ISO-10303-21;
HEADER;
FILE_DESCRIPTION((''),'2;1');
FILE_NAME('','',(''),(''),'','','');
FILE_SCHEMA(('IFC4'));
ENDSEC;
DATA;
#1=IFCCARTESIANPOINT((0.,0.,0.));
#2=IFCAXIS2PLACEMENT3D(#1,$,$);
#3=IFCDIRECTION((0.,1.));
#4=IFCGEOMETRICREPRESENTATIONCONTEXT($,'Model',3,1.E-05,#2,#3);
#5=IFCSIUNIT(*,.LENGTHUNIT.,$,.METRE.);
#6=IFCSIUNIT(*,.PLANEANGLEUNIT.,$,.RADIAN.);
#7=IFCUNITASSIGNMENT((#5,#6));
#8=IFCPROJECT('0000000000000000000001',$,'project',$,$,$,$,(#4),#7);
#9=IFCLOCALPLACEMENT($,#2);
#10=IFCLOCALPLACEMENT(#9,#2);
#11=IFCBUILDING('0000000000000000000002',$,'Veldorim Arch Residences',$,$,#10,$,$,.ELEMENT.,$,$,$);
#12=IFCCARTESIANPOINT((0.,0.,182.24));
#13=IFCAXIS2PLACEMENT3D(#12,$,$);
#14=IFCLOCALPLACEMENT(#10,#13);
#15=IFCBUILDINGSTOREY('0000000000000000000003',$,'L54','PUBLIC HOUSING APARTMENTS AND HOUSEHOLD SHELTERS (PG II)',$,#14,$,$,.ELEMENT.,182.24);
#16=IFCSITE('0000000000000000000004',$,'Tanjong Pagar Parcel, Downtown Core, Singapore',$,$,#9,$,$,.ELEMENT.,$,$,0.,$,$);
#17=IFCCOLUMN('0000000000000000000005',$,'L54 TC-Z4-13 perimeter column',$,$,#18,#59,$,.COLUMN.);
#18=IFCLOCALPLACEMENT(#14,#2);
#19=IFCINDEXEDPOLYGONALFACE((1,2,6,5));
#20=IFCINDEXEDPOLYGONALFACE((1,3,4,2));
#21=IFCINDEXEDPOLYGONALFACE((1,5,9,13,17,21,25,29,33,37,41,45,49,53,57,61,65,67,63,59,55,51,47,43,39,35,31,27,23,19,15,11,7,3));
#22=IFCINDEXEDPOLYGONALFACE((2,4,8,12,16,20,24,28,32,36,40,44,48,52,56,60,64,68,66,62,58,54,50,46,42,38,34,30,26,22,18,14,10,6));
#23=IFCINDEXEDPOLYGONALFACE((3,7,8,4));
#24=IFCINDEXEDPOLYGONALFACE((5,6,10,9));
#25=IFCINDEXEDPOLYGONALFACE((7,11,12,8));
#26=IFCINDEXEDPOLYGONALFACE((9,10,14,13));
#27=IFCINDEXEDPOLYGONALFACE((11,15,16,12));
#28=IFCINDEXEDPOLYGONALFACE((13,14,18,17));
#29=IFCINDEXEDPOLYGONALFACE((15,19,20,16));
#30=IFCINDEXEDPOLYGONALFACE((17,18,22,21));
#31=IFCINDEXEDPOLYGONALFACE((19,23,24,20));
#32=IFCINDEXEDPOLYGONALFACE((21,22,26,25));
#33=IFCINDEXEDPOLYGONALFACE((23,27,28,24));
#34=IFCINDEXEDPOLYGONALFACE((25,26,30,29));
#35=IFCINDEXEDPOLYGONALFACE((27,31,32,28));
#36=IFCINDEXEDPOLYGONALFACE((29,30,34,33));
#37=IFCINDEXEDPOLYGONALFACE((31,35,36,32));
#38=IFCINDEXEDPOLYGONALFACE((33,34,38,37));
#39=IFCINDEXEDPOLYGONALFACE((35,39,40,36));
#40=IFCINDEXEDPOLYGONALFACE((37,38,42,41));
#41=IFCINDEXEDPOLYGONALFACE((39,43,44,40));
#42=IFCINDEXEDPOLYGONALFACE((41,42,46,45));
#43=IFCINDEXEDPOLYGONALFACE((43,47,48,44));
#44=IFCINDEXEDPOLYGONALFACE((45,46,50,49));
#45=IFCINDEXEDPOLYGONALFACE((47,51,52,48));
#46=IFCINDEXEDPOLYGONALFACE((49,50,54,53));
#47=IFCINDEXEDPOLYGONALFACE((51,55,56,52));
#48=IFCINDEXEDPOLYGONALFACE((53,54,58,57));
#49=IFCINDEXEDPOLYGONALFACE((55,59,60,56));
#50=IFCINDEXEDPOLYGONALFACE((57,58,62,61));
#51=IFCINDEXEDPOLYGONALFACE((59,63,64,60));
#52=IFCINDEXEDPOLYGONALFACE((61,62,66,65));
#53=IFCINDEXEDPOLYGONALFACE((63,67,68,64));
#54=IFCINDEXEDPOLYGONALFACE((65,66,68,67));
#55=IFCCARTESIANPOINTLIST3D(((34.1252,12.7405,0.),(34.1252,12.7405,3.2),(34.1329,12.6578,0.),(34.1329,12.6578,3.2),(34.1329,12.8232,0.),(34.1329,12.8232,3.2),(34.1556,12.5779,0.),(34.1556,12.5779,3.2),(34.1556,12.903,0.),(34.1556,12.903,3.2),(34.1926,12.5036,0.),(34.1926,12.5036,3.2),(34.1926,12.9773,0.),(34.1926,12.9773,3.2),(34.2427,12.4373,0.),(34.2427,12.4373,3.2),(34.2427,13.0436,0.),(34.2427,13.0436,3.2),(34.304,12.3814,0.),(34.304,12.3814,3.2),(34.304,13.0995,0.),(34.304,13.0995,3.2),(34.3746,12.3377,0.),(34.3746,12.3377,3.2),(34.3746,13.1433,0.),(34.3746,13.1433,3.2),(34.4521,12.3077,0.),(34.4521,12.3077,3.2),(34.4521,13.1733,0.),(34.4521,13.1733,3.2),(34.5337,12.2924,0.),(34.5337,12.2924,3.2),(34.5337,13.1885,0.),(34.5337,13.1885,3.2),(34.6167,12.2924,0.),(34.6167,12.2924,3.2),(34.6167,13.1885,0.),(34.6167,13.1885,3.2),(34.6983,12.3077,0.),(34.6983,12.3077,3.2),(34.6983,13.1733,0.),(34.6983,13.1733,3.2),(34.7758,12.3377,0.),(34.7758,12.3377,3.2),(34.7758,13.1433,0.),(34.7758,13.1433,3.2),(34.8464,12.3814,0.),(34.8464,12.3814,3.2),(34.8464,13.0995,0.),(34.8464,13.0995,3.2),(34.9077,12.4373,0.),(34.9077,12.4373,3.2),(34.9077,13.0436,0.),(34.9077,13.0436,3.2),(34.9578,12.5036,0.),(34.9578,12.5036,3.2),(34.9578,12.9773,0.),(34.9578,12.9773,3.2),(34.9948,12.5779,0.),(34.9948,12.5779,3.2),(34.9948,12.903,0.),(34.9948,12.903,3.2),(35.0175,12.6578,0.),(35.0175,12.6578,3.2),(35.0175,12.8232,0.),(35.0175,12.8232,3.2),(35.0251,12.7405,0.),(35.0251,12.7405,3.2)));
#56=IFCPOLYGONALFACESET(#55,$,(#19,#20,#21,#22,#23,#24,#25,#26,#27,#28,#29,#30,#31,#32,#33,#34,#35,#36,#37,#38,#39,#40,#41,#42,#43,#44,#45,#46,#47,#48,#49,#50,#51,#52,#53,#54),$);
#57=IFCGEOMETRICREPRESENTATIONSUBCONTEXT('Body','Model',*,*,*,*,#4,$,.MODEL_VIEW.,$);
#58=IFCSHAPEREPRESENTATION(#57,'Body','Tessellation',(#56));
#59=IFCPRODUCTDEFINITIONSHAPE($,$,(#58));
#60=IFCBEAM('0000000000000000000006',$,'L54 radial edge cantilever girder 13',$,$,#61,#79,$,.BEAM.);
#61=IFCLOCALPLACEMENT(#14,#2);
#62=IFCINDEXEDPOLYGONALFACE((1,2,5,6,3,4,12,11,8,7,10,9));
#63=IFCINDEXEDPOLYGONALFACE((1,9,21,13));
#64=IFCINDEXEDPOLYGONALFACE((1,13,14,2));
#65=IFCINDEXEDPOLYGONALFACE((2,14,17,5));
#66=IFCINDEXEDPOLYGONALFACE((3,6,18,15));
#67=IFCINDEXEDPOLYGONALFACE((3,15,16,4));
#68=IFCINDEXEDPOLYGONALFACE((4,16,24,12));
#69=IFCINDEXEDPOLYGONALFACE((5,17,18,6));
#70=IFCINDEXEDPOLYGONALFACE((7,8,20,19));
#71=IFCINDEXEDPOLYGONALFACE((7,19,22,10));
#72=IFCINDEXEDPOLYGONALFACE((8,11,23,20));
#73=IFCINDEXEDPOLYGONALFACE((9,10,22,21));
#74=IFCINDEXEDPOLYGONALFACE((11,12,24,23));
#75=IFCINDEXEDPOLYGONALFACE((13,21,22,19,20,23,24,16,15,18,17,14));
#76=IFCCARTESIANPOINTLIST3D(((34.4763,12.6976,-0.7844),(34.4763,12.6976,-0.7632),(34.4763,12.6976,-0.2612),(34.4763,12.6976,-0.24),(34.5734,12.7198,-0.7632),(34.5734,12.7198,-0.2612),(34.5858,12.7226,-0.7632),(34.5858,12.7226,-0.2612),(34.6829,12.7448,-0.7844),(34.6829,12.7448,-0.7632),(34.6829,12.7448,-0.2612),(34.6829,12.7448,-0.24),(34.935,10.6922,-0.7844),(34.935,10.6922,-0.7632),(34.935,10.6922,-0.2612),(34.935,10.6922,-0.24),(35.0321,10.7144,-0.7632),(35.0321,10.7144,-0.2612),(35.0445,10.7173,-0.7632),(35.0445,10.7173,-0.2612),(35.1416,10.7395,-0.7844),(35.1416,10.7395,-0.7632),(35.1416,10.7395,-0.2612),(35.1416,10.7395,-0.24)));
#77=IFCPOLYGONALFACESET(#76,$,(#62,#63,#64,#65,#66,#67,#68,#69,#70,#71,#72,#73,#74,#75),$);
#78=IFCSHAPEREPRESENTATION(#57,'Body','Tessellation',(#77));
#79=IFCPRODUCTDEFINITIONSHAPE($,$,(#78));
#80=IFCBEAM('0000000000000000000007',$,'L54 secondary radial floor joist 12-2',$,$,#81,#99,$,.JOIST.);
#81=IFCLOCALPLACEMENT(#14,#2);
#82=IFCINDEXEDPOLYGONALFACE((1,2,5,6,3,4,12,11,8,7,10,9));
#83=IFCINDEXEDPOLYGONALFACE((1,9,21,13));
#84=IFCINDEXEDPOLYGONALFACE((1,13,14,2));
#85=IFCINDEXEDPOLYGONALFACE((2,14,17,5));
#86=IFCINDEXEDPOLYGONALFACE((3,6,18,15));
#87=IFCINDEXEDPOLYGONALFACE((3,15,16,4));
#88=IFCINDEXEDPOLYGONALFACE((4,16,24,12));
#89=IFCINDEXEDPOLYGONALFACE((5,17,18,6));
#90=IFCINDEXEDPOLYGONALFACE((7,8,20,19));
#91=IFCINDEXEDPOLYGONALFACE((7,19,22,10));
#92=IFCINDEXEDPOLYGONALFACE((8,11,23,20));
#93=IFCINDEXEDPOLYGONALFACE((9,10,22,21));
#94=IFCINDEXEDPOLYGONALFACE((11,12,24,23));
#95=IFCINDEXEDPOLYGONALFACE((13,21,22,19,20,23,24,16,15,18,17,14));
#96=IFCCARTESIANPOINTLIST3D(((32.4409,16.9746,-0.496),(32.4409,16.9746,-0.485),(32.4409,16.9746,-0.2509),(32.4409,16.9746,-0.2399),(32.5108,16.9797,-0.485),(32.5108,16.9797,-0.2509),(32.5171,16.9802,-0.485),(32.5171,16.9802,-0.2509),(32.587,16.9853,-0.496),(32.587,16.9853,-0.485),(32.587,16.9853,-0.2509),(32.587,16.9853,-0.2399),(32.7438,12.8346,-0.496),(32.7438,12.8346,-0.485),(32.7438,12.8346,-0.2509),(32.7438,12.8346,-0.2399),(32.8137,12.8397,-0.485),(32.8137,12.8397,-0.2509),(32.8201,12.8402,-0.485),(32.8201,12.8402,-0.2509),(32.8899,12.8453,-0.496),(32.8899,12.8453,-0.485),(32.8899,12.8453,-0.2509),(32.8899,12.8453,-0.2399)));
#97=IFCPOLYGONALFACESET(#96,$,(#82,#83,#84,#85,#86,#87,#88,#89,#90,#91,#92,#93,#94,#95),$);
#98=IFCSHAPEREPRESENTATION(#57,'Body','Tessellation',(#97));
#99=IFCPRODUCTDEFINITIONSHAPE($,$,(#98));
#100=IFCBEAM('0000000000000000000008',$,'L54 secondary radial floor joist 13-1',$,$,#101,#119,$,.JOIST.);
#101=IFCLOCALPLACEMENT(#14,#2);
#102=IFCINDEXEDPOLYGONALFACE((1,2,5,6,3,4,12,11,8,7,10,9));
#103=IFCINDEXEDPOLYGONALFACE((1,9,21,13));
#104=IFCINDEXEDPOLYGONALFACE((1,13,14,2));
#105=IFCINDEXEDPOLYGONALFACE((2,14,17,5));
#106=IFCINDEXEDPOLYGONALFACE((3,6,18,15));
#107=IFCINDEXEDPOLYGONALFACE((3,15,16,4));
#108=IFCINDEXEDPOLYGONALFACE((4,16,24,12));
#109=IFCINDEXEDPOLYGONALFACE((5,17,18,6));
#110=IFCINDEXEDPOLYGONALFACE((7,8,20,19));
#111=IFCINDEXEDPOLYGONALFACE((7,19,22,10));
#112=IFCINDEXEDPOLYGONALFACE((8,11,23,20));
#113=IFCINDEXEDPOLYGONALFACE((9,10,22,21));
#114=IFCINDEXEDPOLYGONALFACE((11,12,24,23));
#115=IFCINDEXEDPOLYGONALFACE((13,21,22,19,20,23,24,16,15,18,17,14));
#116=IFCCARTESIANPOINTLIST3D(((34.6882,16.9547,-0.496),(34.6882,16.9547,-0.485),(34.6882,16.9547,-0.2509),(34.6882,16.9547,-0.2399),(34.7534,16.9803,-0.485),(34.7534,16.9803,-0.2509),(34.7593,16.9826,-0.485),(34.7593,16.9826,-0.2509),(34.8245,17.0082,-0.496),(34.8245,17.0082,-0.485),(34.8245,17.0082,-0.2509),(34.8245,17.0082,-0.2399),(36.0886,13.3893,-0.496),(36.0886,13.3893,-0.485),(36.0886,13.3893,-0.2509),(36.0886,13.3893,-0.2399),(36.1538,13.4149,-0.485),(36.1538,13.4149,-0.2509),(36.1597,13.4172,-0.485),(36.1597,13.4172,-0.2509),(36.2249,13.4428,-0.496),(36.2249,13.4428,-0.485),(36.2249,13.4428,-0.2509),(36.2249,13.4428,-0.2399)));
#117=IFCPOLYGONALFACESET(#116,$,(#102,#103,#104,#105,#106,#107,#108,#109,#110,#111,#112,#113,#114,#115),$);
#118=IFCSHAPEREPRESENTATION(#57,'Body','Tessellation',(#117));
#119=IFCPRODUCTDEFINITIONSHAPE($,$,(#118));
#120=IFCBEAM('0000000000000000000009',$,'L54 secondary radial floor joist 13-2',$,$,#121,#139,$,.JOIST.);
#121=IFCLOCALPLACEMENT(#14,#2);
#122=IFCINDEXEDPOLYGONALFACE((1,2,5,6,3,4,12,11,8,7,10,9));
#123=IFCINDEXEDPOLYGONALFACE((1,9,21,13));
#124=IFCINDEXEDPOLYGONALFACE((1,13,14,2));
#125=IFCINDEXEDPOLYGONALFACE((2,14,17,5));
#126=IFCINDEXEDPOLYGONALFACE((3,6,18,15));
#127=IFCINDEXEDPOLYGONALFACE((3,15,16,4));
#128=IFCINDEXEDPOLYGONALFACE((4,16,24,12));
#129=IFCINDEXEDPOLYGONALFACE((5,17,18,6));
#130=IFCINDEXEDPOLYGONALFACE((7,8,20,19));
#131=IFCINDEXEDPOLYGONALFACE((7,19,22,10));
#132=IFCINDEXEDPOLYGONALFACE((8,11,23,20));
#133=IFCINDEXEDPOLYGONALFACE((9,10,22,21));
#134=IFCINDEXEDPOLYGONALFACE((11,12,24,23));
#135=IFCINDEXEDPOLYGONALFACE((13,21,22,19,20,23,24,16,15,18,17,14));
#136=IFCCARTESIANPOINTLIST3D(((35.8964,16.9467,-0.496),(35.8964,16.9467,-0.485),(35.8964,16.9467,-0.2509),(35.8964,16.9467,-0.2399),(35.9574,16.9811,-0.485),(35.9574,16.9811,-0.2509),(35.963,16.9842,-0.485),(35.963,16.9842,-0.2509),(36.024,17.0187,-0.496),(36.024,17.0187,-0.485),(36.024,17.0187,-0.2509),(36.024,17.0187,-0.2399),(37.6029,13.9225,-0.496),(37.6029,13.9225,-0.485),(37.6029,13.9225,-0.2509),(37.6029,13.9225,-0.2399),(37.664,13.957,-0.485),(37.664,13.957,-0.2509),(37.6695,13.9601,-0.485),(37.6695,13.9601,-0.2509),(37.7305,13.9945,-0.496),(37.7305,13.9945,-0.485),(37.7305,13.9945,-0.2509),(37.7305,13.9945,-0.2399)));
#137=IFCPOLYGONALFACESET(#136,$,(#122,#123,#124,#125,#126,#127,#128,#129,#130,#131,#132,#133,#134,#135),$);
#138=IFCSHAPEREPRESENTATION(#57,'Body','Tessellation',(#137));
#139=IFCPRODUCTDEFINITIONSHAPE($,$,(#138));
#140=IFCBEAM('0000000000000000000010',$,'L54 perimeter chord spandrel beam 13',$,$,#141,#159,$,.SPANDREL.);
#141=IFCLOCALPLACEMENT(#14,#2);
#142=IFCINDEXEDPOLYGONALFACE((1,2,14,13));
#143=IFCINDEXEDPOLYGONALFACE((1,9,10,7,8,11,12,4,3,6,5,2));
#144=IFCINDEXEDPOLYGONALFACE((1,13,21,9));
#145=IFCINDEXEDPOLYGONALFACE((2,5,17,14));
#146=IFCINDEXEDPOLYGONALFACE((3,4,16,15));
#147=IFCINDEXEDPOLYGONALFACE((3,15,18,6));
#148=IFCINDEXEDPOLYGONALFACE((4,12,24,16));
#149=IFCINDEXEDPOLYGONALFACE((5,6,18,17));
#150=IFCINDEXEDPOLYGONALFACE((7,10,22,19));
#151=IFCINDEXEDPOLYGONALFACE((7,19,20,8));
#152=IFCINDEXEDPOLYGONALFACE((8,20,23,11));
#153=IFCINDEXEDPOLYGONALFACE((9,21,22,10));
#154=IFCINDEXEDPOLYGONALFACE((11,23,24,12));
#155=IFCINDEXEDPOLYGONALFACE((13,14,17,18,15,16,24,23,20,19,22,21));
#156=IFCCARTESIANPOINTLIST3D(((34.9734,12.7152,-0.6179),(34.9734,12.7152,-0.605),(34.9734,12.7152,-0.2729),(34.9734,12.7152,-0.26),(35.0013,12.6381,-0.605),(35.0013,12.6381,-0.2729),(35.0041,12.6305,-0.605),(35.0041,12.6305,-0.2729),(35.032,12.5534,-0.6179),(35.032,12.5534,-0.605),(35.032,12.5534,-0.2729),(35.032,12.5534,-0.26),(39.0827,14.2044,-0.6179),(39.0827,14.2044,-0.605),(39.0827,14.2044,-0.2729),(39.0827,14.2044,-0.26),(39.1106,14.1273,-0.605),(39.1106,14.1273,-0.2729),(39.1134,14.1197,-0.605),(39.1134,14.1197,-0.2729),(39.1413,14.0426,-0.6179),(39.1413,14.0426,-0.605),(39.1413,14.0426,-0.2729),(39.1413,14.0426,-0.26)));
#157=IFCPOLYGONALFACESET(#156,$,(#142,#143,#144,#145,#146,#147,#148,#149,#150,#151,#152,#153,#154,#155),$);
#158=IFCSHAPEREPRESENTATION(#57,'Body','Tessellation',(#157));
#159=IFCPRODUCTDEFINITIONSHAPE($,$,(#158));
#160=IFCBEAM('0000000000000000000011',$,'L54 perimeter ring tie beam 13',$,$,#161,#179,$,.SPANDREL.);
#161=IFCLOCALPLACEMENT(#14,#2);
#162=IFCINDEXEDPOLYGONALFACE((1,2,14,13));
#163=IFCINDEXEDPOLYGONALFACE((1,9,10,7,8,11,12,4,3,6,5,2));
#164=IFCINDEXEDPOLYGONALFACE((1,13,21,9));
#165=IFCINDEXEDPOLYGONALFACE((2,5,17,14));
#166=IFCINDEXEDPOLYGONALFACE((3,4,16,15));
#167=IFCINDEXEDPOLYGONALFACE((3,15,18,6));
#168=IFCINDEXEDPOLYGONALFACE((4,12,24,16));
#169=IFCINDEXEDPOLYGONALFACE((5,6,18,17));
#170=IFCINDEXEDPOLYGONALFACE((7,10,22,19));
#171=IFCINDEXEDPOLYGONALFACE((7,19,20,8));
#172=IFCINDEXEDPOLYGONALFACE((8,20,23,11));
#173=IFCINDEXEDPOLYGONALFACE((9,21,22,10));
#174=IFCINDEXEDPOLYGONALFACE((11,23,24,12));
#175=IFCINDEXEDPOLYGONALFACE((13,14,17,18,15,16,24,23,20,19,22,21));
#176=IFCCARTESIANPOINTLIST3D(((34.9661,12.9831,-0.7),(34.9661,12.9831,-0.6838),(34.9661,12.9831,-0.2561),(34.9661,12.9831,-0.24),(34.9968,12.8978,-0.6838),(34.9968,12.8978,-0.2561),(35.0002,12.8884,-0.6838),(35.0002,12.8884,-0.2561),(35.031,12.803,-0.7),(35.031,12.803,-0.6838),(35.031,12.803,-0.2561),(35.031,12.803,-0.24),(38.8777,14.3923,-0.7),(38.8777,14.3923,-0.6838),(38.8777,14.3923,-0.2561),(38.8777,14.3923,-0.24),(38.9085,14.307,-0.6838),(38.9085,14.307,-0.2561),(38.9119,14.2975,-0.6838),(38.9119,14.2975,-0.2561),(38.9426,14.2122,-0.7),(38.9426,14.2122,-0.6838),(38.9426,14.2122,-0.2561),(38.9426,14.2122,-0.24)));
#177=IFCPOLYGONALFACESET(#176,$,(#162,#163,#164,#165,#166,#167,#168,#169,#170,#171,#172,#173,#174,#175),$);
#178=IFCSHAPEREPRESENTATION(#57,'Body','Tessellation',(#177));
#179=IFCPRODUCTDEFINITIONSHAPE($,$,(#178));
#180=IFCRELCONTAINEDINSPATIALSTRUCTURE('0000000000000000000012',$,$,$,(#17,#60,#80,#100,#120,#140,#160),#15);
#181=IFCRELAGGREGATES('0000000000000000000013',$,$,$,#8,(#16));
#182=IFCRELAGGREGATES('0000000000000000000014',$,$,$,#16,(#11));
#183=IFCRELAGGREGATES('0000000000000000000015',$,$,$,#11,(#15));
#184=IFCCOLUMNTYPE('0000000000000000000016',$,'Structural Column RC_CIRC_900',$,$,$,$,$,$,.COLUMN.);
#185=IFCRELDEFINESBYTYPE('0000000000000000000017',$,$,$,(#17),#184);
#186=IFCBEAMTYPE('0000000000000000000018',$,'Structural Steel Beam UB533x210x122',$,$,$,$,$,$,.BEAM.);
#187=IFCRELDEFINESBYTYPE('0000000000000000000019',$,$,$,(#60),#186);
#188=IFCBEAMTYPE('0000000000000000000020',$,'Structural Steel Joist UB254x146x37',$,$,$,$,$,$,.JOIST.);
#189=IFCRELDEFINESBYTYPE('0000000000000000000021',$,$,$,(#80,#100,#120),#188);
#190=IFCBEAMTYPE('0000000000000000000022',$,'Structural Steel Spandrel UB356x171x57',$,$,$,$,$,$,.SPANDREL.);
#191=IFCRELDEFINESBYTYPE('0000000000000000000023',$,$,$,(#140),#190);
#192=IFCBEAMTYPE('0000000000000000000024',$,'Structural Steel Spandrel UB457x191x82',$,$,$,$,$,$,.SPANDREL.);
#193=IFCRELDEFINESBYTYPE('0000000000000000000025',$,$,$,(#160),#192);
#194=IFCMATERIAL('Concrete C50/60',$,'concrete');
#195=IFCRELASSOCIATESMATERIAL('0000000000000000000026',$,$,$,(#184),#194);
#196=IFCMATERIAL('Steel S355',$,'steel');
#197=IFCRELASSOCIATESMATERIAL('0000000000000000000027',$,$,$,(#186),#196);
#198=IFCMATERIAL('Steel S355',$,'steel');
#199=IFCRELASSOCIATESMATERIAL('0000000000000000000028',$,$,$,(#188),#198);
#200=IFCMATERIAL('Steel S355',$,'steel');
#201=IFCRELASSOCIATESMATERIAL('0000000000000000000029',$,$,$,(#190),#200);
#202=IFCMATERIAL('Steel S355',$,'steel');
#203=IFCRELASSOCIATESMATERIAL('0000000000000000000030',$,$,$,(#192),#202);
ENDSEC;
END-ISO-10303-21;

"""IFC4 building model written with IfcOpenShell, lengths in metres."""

from ifc_helpers import new_model, si_unit, direction, frame, origin, origin_2d, place, context, subcontext, project, spatial, circle, i_section, extrude, material, material_profile, profile_set, type_object, element, save


model = new_model("IFC4")

# Units and contexts
model_context = context("Model", 3, precision=1e-05, world=origin(), true_north=direction((0.0, 1.0)))
body_context = subcontext(model_context, "Body", "Model", "MODEL_VIEW")
ifc_project = project(units=[si_unit("LENGTHUNIT", "METRE"), si_unit("PLANEANGLEUNIT", "RADIAN")], contexts=[model_context])

# Site, building, storey
site_placement = place(None, origin())
site = spatial("IfcSite", under=ifc_project, at=site_placement, Name="Tanjong Pagar Parcel, Downtown Core, Singapore", CompositionType="ELEMENT", RefElevation=0.0)
building_placement = place(site_placement, origin())
building = spatial("IfcBuilding", under=site, at=building_placement, Name="Veldorim Arch Residences", CompositionType="ELEMENT")
storey_placement = place(building_placement, frame((0.0, 0.0, 182.24)))
storey = spatial("IfcBuildingStorey", under=building, at=storey_placement, Name="L54", Description="PUBLIC HOUSING APARTMENTS AND HOUSEHOLD SHELTERS (PG II)", CompositionType="ELEMENT", Elevation=182.24)

# Column
ifc_material_1 = material(Name="Concrete C50/60", Category="concrete")
ifc_material_profile_1 = material_profile(ifc_material_1, circle(Radius=0.45, at=origin_2d()), Name="RC_CIRC_900")
ifc_profile_set_1 = profile_set([ifc_material_profile_1], Name="Concrete C50/60")
column_type = type_object("IfcColumnType", Name="Structural Column RC_CIRC_900", PredefinedType="COLUMN", material=ifc_profile_set_1)
column_placement = place(storey_placement, frame((34.5752, 12.7405, 0.0), z_axis=(0.0, 0.0, 1.0), x_axis=(1.0, 0.0, 0.0)))
element("IfcColumn", 1, at=column_placement, inside=storey, type_object=column_type, Name="L54 TC-Z4-13 perimeter column", PredefinedType="COLUMN", context=body_context, shape_type="SweptSolid", body=[
    extrude(circle(Radius=0.45, at=origin_2d()), origin(), (0.0, 0.0, 1.0), 3.2),
])

# Beams
ifc_material_2 = material(Name="Steel S355", Category="steel")
ifc_material_profile_2 = material_profile(ifc_material_2, i_section(OverallWidth=0.2119, OverallDepth=0.5444, WebThickness=0.0127, FlangeThickness=0.0212, at=origin_2d()), Name="UB533x210x122")
ifc_profile_set_2 = profile_set([ifc_material_profile_2], Name="Steel S355")
beam_type_1 = type_object("IfcBeamType", Name="Structural Steel Beam UB533x210x122", PredefinedType="BEAM", material=ifc_profile_set_2)
beam_1_placement = place(storey_placement, frame((34.5796, 12.7212, -0.5122), z_axis=(0.222996, -0.974819, 0.0), x_axis=(0.974819, 0.222996, 0.0)))
element("IfcBeam", 2, at=beam_1_placement, inside=storey, type_object=beam_type_1, Name="L54 radial edge cantilever girder 13", PredefinedType="BEAM", context=body_context, shape_type="SweptSolid", body=[
    extrude(i_section(OverallWidth=0.2119, OverallDepth=0.5444, WebThickness=0.0127, FlangeThickness=0.0212, at=origin_2d()), origin(), (0.0, 0.0, 1.0), 2.0571),
])
ifc_material_3 = material(Name="Steel S355", Category="steel")
ifc_material_profile_3 = material_profile(ifc_material_3, i_section(OverallWidth=0.1465, OverallDepth=0.2561, WebThickness=0.0063, FlangeThickness=0.011, at=origin_2d()), Name="UB254x146x37")
ifc_profile_set_3 = profile_set([ifc_material_profile_3], Name="Steel S355")
beam_type_2 = type_object("IfcBeamType", Name="Structural Steel Joist UB254x146x37", PredefinedType="JOIST", material=ifc_profile_set_3)
beam_2_placement = place(storey_placement, frame((32.5139, 16.98, -0.3679), z_axis=(0.072986, -0.997333, 0.0), x_axis=(0.997333, 0.072986, 0.0)))
element("IfcBeam", 3, at=beam_2_placement, inside=storey, type_object=beam_type_2, Name="L54 secondary radial floor joist 12-2", PredefinedType="JOIST", context=body_context, shape_type="SweptSolid", body=[
    extrude(i_section(OverallWidth=0.1465, OverallDepth=0.2561, WebThickness=0.0063, FlangeThickness=0.011, at=origin_2d()), origin(), (0.0, 0.0, 1.0), 4.1511),
])
beam_3_placement = place(storey_placement, frame((34.7563, 16.9814, -0.3679), z_axis=(0.365581, -0.930779, 0.0), x_axis=(0.930779, 0.365581, 0.0)))
element("IfcBeam", 4, at=beam_3_placement, inside=storey, type_object=beam_type_2, Name="L54 secondary radial floor joist 13-1", PredefinedType="JOIST", context=body_context, shape_type="SweptSolid", body=[
    extrude(i_section(OverallWidth=0.1465, OverallDepth=0.2561, WebThickness=0.0063, FlangeThickness=0.011, at=origin_2d()), origin(), (0.0, 0.0, 1.0), 3.8306),
])
beam_4_placement = place(storey_placement, frame((35.9602, 16.9827, -0.3679), z_axis=(0.491452, -0.870904, 0.0), x_axis=(0.870904, 0.491452, 0.0)))
element("IfcBeam", 5, at=beam_4_placement, inside=storey, type_object=beam_type_2, Name="L54 secondary radial floor joist 13-2", PredefinedType="JOIST", context=body_context, shape_type="SweptSolid", body=[
    extrude(i_section(OverallWidth=0.1465, OverallDepth=0.2561, WebThickness=0.0063, FlangeThickness=0.011, at=origin_2d()), origin(), (0.0, 0.0, 1.0), 3.4724),
])
ifc_material_4 = material(Name="Steel S355", Category="steel")
ifc_material_profile_4 = material_profile(ifc_material_4, i_section(OverallWidth=0.1721, OverallDepth=0.3579, WebThickness=0.0081, FlangeThickness=0.0129, at=origin_2d()), Name="UB356x171x57")
ifc_profile_set_4 = profile_set([ifc_material_profile_4], Name="Steel S355")
beam_type_3 = type_object("IfcBeamType", Name="Structural Steel Spandrel UB356x171x57", PredefinedType="SPANDREL", material=ifc_profile_set_4)
beam_5_placement = place(storey_placement, frame((35.0027, 12.6343, -0.439), z_axis=(0.940165, 0.34072, 0.0), x_axis=(-0.34072, 0.940165, 0.0)))
element("IfcBeam", 6, at=beam_5_placement, inside=storey, type_object=beam_type_3, Name="L54 perimeter chord spandrel beam 13", PredefinedType="SPANDREL", context=body_context, shape_type="SweptSolid", body=[
    extrude(i_section(OverallWidth=0.1721, OverallDepth=0.3579, WebThickness=0.0081, FlangeThickness=0.0129, at=origin_2d()), origin(), (0.0, 0.0, 1.0), 4.3708),
])
ifc_material_5 = material(Name="Steel S355", Category="steel")
ifc_material_profile_5 = material_profile(ifc_material_5, i_section(OverallWidth=0.1914, OverallDepth=0.46, WebThickness=0.01, FlangeThickness=0.0161, at=origin_2d()), Name="UB457x191x82")
ifc_profile_set_5 = profile_set([ifc_material_profile_5], Name="Steel S355")
beam_type_4 = type_object("IfcBeamType", Name="Structural Steel Spandrel UB457x191x82", PredefinedType="SPANDREL", material=ifc_profile_set_5)
beam_6_placement = place(storey_placement, frame((34.9985, 12.8931, -0.47), z_axis=(0.940811, 0.338932, 0.0), x_axis=(-0.338932, 0.940811, 0.0)))
element("IfcBeam", 7, at=beam_6_placement, inside=storey, type_object=beam_type_4, Name="L54 perimeter ring tie beam 13", PredefinedType="SPANDREL", context=body_context, shape_type="SweptSolid", body=[
    extrude(i_section(OverallWidth=0.1914, OverallDepth=0.46, WebThickness=0.01, FlangeThickness=0.0161, at=origin_2d()), origin(), (0.0, 0.0, 1.0), 4.1577),
])

save(model, "model.ifc")
